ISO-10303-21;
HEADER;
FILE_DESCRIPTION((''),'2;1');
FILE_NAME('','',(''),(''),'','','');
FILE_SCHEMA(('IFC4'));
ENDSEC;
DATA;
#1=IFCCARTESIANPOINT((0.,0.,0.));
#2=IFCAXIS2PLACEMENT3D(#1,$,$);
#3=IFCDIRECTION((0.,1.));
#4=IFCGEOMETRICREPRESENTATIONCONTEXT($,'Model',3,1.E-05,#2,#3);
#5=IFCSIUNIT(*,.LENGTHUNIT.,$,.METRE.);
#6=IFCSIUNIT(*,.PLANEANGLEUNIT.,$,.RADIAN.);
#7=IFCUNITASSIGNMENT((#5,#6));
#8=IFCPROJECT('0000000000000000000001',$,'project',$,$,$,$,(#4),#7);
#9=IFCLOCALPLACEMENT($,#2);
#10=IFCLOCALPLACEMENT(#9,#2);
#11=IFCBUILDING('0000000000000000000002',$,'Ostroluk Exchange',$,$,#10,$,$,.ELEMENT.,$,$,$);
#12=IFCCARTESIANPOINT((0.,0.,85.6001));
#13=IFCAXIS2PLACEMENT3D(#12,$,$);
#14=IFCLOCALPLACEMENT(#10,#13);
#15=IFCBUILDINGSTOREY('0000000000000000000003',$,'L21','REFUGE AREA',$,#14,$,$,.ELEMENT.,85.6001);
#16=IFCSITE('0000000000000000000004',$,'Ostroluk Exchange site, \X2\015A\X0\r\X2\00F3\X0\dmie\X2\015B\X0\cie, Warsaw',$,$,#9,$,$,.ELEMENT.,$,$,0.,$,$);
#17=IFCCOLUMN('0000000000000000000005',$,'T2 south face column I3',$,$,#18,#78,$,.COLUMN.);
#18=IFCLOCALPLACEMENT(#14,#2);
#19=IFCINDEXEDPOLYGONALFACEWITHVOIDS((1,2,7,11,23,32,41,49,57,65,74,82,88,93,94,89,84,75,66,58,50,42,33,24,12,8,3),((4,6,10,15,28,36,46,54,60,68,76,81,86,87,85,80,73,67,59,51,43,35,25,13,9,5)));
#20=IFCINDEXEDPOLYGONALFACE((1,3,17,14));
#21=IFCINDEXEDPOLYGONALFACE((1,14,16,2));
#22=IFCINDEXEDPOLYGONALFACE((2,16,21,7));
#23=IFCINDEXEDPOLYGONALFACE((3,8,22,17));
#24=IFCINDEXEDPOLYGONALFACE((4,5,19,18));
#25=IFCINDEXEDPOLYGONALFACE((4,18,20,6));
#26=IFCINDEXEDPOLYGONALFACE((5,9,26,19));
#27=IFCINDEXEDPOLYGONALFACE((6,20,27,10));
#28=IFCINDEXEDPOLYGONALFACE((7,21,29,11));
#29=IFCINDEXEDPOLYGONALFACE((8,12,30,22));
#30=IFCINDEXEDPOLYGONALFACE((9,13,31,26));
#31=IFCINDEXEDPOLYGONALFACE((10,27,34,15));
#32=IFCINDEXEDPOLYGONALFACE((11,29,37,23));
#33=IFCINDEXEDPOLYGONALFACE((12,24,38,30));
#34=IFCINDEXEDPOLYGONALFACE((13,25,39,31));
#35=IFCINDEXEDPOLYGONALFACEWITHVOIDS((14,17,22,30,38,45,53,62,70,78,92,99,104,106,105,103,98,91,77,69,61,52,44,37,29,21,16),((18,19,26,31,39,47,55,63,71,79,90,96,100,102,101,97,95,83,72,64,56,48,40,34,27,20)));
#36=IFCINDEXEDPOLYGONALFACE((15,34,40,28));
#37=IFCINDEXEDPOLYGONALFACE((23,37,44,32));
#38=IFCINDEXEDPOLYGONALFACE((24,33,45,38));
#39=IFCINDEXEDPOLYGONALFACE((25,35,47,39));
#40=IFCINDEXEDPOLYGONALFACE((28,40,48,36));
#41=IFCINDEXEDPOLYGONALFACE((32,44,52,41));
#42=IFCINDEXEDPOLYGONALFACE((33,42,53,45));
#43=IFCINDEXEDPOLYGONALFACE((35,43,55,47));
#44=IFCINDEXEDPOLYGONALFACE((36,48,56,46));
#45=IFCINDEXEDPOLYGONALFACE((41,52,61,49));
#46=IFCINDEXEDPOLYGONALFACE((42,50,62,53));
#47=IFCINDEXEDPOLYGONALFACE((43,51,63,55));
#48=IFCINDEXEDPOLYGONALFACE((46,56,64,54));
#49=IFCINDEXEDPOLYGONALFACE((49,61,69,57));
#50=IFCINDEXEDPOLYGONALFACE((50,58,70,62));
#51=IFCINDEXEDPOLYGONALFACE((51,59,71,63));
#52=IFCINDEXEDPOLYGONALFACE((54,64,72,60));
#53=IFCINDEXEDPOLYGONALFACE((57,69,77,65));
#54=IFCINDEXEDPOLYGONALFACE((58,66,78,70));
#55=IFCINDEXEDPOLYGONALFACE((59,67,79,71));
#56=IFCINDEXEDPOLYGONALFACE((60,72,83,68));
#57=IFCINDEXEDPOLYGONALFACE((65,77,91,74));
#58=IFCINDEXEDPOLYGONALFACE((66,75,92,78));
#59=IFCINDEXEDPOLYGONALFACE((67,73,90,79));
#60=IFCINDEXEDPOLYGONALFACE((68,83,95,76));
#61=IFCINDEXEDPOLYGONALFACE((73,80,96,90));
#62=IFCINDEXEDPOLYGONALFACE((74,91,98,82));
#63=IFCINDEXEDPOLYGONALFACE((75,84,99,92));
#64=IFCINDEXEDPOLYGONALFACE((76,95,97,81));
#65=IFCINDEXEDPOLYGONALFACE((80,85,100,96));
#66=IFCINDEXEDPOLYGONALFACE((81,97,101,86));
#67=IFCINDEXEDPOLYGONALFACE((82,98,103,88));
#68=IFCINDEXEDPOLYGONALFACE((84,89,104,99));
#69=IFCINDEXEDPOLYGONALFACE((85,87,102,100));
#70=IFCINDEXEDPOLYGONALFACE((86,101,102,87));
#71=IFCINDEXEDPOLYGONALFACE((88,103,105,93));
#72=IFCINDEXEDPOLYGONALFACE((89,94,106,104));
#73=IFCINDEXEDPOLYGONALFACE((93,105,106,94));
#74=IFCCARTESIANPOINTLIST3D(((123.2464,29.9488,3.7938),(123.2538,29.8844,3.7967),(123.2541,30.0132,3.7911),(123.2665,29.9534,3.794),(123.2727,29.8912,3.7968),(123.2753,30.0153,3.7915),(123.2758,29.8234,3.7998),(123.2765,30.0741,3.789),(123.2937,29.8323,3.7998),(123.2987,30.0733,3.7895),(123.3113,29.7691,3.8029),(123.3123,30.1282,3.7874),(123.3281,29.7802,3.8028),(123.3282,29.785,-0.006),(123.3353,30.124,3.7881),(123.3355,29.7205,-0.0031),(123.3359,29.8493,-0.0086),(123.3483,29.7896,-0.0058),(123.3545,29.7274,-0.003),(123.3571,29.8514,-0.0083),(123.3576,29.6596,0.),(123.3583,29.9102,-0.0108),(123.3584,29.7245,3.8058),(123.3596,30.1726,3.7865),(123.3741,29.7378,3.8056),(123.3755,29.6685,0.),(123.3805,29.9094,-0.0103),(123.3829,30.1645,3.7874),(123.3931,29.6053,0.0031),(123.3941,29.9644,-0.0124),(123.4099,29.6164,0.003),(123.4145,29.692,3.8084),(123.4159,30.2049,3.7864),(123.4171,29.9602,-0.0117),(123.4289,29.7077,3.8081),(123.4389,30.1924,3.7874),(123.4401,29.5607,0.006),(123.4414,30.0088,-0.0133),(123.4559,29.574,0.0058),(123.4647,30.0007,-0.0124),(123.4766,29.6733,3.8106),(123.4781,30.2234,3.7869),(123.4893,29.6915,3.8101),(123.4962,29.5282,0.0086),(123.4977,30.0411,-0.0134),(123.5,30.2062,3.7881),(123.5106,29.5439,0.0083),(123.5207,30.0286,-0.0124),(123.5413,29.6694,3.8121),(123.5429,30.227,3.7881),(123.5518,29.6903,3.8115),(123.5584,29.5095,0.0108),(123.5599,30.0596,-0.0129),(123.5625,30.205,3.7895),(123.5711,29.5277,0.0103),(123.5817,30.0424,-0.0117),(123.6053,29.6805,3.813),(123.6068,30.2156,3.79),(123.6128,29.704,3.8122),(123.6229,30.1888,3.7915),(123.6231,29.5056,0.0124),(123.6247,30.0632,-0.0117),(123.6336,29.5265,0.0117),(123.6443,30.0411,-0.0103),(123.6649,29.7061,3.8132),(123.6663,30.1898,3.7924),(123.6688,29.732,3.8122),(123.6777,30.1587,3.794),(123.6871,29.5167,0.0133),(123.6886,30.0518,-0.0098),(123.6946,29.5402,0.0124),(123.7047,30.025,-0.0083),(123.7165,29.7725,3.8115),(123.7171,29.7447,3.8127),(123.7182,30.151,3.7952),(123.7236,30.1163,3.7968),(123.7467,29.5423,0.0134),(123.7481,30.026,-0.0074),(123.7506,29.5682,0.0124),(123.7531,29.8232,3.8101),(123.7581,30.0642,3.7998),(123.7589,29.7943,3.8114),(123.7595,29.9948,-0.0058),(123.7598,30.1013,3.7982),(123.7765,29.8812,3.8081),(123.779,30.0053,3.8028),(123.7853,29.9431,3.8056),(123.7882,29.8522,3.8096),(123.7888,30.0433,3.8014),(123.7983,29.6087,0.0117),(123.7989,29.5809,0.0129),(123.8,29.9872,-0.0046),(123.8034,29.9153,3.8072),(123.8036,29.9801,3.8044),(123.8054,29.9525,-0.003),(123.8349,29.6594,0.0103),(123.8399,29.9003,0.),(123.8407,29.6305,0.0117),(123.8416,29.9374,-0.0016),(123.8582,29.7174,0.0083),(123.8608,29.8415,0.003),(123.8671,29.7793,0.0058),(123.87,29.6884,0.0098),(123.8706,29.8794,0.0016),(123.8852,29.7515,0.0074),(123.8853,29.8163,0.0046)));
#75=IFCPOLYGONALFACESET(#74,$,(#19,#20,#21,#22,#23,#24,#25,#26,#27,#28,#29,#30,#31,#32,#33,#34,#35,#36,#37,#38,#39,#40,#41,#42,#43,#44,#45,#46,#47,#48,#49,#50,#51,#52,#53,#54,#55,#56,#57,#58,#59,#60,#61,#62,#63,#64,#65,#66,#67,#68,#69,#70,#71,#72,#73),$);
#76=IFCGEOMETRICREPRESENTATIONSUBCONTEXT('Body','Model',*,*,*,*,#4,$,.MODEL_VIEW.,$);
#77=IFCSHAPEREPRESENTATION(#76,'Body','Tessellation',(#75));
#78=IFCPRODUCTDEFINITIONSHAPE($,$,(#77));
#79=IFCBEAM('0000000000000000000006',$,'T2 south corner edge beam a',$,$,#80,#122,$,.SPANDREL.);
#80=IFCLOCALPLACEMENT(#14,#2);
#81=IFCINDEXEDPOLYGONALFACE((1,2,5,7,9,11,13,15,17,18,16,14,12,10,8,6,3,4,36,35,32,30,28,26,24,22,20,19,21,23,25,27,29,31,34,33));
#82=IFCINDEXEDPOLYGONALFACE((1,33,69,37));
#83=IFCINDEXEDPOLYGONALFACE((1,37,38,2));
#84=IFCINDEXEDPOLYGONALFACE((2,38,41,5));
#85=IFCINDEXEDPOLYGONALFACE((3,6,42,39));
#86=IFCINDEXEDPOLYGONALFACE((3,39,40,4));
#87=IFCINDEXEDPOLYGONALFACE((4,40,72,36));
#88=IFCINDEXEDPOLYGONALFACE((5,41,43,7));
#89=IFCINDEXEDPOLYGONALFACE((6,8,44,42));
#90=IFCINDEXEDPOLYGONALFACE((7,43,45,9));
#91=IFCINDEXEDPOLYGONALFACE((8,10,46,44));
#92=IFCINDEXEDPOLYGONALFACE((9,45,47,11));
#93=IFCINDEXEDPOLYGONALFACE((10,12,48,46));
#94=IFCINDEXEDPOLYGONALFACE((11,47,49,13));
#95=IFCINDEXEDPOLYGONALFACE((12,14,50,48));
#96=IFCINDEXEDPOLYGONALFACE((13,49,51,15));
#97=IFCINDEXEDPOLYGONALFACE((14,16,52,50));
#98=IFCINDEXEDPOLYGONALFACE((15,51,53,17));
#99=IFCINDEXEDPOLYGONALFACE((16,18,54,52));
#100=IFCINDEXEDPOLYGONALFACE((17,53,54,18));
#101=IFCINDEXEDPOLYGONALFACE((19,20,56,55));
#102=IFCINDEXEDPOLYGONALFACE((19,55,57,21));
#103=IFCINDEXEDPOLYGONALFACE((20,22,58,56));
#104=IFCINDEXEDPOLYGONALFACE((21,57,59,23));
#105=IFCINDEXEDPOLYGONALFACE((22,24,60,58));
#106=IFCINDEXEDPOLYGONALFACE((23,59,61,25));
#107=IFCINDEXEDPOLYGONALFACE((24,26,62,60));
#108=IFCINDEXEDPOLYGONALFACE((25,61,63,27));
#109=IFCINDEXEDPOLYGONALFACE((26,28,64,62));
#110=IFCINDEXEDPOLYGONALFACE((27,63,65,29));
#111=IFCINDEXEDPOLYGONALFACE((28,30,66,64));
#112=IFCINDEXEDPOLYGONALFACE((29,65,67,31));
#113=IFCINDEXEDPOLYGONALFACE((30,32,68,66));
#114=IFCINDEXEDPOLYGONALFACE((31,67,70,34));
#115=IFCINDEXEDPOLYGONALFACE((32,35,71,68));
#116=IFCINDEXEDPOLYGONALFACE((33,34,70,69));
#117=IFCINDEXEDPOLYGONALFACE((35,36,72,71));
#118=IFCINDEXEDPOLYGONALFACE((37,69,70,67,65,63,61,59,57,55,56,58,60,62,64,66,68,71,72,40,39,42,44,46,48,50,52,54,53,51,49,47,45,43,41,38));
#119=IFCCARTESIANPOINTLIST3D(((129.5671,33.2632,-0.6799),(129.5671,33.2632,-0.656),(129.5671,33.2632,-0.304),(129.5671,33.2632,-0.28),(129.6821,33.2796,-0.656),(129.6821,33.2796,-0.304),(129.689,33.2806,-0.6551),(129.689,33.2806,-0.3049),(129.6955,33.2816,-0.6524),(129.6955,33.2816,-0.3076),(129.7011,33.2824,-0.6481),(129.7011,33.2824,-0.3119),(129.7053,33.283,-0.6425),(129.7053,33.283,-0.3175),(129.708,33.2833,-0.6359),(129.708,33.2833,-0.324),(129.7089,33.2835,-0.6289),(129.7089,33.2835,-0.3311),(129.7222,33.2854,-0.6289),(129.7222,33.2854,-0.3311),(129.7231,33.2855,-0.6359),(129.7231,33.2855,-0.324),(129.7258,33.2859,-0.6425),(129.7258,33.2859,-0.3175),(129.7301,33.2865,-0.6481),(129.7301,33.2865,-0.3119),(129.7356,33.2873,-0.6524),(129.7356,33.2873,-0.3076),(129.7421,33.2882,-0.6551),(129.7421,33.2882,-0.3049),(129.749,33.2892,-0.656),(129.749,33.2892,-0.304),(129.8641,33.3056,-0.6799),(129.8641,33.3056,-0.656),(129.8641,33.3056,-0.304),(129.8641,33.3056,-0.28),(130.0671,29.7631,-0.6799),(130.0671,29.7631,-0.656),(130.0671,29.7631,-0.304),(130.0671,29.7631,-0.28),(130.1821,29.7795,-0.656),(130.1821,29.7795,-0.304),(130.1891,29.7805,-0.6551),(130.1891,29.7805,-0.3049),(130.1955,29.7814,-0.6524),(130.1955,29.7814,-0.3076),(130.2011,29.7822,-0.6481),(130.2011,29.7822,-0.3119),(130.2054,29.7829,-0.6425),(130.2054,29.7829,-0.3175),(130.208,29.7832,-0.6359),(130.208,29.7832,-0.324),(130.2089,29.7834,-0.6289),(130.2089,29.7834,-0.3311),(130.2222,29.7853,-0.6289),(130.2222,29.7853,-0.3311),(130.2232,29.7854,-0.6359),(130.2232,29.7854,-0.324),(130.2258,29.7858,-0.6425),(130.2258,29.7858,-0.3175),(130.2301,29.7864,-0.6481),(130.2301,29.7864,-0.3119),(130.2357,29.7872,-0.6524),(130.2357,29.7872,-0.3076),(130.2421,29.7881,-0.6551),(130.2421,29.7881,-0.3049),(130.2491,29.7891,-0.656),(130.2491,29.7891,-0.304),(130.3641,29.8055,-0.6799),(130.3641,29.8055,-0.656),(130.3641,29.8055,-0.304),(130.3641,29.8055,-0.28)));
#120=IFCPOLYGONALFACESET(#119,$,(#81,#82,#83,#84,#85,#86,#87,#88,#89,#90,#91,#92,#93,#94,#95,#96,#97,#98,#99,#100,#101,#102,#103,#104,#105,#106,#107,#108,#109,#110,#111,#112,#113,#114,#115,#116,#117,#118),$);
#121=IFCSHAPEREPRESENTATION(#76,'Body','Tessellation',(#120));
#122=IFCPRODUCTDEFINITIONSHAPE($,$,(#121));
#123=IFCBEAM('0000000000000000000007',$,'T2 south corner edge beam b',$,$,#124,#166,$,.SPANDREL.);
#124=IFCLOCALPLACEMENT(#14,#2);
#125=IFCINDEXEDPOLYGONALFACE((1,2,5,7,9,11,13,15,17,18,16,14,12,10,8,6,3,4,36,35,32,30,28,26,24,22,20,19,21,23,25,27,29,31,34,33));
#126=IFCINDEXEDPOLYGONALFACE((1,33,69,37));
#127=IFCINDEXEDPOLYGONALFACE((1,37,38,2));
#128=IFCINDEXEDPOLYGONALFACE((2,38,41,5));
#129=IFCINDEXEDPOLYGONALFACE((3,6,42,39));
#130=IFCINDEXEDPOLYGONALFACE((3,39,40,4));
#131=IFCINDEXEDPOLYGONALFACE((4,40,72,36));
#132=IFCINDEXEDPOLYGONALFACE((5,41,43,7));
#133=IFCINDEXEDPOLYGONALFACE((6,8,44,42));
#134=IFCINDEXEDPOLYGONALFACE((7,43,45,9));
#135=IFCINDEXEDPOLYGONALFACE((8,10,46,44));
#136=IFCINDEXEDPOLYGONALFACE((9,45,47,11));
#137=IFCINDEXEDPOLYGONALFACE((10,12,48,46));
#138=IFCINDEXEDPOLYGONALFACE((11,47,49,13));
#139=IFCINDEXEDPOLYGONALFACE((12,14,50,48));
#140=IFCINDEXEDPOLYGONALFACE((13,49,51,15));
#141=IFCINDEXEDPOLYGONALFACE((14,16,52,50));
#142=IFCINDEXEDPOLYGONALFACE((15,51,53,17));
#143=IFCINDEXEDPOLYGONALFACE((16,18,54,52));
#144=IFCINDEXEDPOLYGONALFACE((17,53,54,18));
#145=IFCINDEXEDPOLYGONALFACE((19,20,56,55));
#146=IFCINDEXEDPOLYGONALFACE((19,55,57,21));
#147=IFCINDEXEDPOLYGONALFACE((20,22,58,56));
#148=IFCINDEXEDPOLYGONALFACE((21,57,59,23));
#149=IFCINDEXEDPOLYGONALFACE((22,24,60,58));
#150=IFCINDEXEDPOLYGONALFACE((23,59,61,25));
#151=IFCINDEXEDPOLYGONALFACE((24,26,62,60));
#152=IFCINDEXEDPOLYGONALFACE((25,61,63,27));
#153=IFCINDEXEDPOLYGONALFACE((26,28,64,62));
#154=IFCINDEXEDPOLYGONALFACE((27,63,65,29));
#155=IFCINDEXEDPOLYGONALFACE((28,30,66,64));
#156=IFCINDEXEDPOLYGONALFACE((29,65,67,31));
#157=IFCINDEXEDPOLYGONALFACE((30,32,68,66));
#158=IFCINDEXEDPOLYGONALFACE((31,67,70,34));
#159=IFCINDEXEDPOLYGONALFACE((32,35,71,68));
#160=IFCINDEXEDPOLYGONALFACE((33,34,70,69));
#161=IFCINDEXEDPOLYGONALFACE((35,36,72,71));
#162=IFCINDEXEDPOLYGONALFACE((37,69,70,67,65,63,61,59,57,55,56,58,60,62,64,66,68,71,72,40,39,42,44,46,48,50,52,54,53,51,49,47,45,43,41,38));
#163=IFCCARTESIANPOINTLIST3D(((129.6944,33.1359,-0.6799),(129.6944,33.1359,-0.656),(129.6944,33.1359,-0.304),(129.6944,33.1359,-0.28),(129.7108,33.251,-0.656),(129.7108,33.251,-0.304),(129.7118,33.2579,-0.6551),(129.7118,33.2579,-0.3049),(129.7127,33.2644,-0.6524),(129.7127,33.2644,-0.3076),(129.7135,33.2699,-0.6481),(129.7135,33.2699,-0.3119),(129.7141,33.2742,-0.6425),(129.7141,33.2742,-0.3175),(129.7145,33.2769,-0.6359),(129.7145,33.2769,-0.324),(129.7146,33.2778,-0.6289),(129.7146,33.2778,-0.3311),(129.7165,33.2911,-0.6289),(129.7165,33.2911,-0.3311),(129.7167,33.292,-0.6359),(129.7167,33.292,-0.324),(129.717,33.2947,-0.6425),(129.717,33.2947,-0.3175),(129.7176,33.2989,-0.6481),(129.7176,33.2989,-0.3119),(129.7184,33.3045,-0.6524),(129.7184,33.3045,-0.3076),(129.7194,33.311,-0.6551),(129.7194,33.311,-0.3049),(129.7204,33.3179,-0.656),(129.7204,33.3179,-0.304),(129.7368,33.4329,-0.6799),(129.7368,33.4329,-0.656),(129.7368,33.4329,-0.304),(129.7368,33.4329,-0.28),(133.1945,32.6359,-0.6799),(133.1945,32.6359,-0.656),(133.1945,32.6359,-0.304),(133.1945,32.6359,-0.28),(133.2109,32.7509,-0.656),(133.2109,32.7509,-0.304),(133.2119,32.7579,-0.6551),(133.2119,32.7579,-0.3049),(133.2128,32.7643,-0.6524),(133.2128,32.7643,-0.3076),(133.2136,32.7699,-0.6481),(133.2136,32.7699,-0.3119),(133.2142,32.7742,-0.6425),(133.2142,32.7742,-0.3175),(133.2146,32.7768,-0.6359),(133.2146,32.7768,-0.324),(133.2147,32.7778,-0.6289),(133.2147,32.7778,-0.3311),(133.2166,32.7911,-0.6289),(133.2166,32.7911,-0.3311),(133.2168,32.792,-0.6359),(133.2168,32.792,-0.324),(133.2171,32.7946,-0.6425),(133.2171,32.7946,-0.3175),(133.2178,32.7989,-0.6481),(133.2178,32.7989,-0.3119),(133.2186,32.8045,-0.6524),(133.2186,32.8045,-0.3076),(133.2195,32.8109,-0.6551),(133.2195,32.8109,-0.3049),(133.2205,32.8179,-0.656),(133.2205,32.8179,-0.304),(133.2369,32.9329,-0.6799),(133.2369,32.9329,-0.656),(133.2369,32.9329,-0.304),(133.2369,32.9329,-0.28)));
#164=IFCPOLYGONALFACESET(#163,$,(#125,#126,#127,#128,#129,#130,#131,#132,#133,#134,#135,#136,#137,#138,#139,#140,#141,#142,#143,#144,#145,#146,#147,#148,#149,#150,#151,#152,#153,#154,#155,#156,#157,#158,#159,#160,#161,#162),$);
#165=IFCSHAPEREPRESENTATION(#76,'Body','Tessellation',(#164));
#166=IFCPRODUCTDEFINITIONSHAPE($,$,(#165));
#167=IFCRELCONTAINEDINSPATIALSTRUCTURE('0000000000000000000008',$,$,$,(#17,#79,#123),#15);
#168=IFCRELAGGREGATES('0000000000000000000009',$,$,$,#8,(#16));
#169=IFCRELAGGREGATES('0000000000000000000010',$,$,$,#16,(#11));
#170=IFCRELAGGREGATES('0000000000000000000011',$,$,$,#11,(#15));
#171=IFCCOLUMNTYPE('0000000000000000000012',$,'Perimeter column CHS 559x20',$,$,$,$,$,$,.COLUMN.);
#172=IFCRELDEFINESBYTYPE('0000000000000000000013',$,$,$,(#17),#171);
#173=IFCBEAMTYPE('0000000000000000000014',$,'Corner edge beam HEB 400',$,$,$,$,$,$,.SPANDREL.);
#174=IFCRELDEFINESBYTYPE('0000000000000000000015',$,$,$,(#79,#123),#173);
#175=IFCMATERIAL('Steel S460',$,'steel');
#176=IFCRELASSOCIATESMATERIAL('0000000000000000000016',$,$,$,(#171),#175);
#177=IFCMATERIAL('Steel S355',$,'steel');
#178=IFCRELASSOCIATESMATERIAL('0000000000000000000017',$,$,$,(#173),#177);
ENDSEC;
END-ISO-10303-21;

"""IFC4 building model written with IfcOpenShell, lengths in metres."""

from ifc_helpers import new_model, si_unit, direction, frame, origin, origin_2d, place, context, subcontext, project, spatial, hollow_circle, i_section, extrude, material, material_profile, profile_set, type_object, element, save


model = new_model("IFC4")

# Units and contexts
model_context = context("Model", 3, precision=1e-05, world=origin(), true_north=direction((0.0, 1.0)))
body_context = subcontext(model_context, "Body", "Model", "MODEL_VIEW")
ifc_project = project(units=[si_unit("LENGTHUNIT", "METRE"), si_unit("PLANEANGLEUNIT", "RADIAN")], contexts=[model_context])

# Site, building, storey
site_placement = place(None, origin())
site = spatial("IfcSite", under=ifc_project, at=site_placement, Name="Ostroluk Exchange site, Śródmieście, Warsaw", CompositionType="ELEMENT", RefElevation=0.0)
building_placement = place(site_placement, origin())
building = spatial("IfcBuilding", under=site, at=building_placement, Name="Ostroluk Exchange", CompositionType="ELEMENT")
storey_placement = place(building_placement, frame((0.0, 0.0, 85.6001)))
storey = spatial("IfcBuildingStorey", under=building, at=storey_placement, Name="L21", Description="REFUGE AREA", CompositionType="ELEMENT", Elevation=85.6001)

# Column
ifc_material_1 = material(Name="Steel S460", Category="steel")
ifc_material_profile_1 = material_profile(ifc_material_1, hollow_circle(Radius=0.2795, WallThickness=0.02, at=origin_2d()), Name="CHS 559x20")
ifc_profile_set_1 = profile_set([ifc_material_profile_1], Name="Steel S460")
column_type_1 = type_object("IfcColumnType", Name="Perimeter column CHS 559x20", PredefinedType="COLUMN", material=ifc_profile_set_1)
column_1_placement = place(storey_placement, frame((123.6077, 29.7844, 0.0), z_axis=(-0.021499, 0.043062, 0.998841), x_axis=(-0.894694, -0.44668, 0.0)))
element("IfcColumn", 1, at=column_1_placement, inside=storey, type_object=column_type_1, Name="T2 south face column I3", PredefinedType="COLUMN", context=body_context, shape_type="SweptSolid", body=[
    extrude(hollow_circle(Radius=0.2795, WallThickness=0.02, at=origin_2d()), origin(), (0.0, 0.0, 1.0), 3.8042),
])

# Beams
ifc_material_2 = material(Name="Steel S355", Category="steel")
ifc_material_profile_2 = material_profile(ifc_material_2, i_section(OverallWidth=0.3, OverallDepth=0.3999, WebThickness=0.0134, FlangeThickness=0.0239, FilletRadius=0.0271, at=origin_2d()), Name="HEB 400")
ifc_profile_set_2 = profile_set([ifc_material_profile_2], Name="Steel S355")
beam_type_1 = type_object("IfcBeamType", Name="Corner edge beam HEB 400", PredefinedType="SPANDREL", material=ifc_profile_set_2)
for number, where, z_axis, x_axis, name in (
    (2, (129.7156, 33.2844, -0.48), (0.141421, -0.989949, 0.0), (0.989949, 0.141421, 0.0), "T2 south corner edge beam a"),
    (3, (129.7156, 33.2844, -0.48), (0.989949, -0.141421, 0.0), (0.141421, 0.989949, 0.0), "T2 south corner edge beam b"),
):
    element("IfcBeam", number, at=place(storey_placement, frame(where, z_axis=z_axis, x_axis=x_axis)), inside=storey, type_object=beam_type_1, Name=name, PredefinedType="SPANDREL", context=body_context, shape_type="SweptSolid", body=[
        extrude(i_section(OverallWidth=0.3, OverallDepth=0.3999, WebThickness=0.0134, FlangeThickness=0.0239, FilletRadius=0.0271, at=origin_2d()), origin(), (0.0, 0.0, 1.0), 3.5356),
    ])

save(model, "model.ifc")
